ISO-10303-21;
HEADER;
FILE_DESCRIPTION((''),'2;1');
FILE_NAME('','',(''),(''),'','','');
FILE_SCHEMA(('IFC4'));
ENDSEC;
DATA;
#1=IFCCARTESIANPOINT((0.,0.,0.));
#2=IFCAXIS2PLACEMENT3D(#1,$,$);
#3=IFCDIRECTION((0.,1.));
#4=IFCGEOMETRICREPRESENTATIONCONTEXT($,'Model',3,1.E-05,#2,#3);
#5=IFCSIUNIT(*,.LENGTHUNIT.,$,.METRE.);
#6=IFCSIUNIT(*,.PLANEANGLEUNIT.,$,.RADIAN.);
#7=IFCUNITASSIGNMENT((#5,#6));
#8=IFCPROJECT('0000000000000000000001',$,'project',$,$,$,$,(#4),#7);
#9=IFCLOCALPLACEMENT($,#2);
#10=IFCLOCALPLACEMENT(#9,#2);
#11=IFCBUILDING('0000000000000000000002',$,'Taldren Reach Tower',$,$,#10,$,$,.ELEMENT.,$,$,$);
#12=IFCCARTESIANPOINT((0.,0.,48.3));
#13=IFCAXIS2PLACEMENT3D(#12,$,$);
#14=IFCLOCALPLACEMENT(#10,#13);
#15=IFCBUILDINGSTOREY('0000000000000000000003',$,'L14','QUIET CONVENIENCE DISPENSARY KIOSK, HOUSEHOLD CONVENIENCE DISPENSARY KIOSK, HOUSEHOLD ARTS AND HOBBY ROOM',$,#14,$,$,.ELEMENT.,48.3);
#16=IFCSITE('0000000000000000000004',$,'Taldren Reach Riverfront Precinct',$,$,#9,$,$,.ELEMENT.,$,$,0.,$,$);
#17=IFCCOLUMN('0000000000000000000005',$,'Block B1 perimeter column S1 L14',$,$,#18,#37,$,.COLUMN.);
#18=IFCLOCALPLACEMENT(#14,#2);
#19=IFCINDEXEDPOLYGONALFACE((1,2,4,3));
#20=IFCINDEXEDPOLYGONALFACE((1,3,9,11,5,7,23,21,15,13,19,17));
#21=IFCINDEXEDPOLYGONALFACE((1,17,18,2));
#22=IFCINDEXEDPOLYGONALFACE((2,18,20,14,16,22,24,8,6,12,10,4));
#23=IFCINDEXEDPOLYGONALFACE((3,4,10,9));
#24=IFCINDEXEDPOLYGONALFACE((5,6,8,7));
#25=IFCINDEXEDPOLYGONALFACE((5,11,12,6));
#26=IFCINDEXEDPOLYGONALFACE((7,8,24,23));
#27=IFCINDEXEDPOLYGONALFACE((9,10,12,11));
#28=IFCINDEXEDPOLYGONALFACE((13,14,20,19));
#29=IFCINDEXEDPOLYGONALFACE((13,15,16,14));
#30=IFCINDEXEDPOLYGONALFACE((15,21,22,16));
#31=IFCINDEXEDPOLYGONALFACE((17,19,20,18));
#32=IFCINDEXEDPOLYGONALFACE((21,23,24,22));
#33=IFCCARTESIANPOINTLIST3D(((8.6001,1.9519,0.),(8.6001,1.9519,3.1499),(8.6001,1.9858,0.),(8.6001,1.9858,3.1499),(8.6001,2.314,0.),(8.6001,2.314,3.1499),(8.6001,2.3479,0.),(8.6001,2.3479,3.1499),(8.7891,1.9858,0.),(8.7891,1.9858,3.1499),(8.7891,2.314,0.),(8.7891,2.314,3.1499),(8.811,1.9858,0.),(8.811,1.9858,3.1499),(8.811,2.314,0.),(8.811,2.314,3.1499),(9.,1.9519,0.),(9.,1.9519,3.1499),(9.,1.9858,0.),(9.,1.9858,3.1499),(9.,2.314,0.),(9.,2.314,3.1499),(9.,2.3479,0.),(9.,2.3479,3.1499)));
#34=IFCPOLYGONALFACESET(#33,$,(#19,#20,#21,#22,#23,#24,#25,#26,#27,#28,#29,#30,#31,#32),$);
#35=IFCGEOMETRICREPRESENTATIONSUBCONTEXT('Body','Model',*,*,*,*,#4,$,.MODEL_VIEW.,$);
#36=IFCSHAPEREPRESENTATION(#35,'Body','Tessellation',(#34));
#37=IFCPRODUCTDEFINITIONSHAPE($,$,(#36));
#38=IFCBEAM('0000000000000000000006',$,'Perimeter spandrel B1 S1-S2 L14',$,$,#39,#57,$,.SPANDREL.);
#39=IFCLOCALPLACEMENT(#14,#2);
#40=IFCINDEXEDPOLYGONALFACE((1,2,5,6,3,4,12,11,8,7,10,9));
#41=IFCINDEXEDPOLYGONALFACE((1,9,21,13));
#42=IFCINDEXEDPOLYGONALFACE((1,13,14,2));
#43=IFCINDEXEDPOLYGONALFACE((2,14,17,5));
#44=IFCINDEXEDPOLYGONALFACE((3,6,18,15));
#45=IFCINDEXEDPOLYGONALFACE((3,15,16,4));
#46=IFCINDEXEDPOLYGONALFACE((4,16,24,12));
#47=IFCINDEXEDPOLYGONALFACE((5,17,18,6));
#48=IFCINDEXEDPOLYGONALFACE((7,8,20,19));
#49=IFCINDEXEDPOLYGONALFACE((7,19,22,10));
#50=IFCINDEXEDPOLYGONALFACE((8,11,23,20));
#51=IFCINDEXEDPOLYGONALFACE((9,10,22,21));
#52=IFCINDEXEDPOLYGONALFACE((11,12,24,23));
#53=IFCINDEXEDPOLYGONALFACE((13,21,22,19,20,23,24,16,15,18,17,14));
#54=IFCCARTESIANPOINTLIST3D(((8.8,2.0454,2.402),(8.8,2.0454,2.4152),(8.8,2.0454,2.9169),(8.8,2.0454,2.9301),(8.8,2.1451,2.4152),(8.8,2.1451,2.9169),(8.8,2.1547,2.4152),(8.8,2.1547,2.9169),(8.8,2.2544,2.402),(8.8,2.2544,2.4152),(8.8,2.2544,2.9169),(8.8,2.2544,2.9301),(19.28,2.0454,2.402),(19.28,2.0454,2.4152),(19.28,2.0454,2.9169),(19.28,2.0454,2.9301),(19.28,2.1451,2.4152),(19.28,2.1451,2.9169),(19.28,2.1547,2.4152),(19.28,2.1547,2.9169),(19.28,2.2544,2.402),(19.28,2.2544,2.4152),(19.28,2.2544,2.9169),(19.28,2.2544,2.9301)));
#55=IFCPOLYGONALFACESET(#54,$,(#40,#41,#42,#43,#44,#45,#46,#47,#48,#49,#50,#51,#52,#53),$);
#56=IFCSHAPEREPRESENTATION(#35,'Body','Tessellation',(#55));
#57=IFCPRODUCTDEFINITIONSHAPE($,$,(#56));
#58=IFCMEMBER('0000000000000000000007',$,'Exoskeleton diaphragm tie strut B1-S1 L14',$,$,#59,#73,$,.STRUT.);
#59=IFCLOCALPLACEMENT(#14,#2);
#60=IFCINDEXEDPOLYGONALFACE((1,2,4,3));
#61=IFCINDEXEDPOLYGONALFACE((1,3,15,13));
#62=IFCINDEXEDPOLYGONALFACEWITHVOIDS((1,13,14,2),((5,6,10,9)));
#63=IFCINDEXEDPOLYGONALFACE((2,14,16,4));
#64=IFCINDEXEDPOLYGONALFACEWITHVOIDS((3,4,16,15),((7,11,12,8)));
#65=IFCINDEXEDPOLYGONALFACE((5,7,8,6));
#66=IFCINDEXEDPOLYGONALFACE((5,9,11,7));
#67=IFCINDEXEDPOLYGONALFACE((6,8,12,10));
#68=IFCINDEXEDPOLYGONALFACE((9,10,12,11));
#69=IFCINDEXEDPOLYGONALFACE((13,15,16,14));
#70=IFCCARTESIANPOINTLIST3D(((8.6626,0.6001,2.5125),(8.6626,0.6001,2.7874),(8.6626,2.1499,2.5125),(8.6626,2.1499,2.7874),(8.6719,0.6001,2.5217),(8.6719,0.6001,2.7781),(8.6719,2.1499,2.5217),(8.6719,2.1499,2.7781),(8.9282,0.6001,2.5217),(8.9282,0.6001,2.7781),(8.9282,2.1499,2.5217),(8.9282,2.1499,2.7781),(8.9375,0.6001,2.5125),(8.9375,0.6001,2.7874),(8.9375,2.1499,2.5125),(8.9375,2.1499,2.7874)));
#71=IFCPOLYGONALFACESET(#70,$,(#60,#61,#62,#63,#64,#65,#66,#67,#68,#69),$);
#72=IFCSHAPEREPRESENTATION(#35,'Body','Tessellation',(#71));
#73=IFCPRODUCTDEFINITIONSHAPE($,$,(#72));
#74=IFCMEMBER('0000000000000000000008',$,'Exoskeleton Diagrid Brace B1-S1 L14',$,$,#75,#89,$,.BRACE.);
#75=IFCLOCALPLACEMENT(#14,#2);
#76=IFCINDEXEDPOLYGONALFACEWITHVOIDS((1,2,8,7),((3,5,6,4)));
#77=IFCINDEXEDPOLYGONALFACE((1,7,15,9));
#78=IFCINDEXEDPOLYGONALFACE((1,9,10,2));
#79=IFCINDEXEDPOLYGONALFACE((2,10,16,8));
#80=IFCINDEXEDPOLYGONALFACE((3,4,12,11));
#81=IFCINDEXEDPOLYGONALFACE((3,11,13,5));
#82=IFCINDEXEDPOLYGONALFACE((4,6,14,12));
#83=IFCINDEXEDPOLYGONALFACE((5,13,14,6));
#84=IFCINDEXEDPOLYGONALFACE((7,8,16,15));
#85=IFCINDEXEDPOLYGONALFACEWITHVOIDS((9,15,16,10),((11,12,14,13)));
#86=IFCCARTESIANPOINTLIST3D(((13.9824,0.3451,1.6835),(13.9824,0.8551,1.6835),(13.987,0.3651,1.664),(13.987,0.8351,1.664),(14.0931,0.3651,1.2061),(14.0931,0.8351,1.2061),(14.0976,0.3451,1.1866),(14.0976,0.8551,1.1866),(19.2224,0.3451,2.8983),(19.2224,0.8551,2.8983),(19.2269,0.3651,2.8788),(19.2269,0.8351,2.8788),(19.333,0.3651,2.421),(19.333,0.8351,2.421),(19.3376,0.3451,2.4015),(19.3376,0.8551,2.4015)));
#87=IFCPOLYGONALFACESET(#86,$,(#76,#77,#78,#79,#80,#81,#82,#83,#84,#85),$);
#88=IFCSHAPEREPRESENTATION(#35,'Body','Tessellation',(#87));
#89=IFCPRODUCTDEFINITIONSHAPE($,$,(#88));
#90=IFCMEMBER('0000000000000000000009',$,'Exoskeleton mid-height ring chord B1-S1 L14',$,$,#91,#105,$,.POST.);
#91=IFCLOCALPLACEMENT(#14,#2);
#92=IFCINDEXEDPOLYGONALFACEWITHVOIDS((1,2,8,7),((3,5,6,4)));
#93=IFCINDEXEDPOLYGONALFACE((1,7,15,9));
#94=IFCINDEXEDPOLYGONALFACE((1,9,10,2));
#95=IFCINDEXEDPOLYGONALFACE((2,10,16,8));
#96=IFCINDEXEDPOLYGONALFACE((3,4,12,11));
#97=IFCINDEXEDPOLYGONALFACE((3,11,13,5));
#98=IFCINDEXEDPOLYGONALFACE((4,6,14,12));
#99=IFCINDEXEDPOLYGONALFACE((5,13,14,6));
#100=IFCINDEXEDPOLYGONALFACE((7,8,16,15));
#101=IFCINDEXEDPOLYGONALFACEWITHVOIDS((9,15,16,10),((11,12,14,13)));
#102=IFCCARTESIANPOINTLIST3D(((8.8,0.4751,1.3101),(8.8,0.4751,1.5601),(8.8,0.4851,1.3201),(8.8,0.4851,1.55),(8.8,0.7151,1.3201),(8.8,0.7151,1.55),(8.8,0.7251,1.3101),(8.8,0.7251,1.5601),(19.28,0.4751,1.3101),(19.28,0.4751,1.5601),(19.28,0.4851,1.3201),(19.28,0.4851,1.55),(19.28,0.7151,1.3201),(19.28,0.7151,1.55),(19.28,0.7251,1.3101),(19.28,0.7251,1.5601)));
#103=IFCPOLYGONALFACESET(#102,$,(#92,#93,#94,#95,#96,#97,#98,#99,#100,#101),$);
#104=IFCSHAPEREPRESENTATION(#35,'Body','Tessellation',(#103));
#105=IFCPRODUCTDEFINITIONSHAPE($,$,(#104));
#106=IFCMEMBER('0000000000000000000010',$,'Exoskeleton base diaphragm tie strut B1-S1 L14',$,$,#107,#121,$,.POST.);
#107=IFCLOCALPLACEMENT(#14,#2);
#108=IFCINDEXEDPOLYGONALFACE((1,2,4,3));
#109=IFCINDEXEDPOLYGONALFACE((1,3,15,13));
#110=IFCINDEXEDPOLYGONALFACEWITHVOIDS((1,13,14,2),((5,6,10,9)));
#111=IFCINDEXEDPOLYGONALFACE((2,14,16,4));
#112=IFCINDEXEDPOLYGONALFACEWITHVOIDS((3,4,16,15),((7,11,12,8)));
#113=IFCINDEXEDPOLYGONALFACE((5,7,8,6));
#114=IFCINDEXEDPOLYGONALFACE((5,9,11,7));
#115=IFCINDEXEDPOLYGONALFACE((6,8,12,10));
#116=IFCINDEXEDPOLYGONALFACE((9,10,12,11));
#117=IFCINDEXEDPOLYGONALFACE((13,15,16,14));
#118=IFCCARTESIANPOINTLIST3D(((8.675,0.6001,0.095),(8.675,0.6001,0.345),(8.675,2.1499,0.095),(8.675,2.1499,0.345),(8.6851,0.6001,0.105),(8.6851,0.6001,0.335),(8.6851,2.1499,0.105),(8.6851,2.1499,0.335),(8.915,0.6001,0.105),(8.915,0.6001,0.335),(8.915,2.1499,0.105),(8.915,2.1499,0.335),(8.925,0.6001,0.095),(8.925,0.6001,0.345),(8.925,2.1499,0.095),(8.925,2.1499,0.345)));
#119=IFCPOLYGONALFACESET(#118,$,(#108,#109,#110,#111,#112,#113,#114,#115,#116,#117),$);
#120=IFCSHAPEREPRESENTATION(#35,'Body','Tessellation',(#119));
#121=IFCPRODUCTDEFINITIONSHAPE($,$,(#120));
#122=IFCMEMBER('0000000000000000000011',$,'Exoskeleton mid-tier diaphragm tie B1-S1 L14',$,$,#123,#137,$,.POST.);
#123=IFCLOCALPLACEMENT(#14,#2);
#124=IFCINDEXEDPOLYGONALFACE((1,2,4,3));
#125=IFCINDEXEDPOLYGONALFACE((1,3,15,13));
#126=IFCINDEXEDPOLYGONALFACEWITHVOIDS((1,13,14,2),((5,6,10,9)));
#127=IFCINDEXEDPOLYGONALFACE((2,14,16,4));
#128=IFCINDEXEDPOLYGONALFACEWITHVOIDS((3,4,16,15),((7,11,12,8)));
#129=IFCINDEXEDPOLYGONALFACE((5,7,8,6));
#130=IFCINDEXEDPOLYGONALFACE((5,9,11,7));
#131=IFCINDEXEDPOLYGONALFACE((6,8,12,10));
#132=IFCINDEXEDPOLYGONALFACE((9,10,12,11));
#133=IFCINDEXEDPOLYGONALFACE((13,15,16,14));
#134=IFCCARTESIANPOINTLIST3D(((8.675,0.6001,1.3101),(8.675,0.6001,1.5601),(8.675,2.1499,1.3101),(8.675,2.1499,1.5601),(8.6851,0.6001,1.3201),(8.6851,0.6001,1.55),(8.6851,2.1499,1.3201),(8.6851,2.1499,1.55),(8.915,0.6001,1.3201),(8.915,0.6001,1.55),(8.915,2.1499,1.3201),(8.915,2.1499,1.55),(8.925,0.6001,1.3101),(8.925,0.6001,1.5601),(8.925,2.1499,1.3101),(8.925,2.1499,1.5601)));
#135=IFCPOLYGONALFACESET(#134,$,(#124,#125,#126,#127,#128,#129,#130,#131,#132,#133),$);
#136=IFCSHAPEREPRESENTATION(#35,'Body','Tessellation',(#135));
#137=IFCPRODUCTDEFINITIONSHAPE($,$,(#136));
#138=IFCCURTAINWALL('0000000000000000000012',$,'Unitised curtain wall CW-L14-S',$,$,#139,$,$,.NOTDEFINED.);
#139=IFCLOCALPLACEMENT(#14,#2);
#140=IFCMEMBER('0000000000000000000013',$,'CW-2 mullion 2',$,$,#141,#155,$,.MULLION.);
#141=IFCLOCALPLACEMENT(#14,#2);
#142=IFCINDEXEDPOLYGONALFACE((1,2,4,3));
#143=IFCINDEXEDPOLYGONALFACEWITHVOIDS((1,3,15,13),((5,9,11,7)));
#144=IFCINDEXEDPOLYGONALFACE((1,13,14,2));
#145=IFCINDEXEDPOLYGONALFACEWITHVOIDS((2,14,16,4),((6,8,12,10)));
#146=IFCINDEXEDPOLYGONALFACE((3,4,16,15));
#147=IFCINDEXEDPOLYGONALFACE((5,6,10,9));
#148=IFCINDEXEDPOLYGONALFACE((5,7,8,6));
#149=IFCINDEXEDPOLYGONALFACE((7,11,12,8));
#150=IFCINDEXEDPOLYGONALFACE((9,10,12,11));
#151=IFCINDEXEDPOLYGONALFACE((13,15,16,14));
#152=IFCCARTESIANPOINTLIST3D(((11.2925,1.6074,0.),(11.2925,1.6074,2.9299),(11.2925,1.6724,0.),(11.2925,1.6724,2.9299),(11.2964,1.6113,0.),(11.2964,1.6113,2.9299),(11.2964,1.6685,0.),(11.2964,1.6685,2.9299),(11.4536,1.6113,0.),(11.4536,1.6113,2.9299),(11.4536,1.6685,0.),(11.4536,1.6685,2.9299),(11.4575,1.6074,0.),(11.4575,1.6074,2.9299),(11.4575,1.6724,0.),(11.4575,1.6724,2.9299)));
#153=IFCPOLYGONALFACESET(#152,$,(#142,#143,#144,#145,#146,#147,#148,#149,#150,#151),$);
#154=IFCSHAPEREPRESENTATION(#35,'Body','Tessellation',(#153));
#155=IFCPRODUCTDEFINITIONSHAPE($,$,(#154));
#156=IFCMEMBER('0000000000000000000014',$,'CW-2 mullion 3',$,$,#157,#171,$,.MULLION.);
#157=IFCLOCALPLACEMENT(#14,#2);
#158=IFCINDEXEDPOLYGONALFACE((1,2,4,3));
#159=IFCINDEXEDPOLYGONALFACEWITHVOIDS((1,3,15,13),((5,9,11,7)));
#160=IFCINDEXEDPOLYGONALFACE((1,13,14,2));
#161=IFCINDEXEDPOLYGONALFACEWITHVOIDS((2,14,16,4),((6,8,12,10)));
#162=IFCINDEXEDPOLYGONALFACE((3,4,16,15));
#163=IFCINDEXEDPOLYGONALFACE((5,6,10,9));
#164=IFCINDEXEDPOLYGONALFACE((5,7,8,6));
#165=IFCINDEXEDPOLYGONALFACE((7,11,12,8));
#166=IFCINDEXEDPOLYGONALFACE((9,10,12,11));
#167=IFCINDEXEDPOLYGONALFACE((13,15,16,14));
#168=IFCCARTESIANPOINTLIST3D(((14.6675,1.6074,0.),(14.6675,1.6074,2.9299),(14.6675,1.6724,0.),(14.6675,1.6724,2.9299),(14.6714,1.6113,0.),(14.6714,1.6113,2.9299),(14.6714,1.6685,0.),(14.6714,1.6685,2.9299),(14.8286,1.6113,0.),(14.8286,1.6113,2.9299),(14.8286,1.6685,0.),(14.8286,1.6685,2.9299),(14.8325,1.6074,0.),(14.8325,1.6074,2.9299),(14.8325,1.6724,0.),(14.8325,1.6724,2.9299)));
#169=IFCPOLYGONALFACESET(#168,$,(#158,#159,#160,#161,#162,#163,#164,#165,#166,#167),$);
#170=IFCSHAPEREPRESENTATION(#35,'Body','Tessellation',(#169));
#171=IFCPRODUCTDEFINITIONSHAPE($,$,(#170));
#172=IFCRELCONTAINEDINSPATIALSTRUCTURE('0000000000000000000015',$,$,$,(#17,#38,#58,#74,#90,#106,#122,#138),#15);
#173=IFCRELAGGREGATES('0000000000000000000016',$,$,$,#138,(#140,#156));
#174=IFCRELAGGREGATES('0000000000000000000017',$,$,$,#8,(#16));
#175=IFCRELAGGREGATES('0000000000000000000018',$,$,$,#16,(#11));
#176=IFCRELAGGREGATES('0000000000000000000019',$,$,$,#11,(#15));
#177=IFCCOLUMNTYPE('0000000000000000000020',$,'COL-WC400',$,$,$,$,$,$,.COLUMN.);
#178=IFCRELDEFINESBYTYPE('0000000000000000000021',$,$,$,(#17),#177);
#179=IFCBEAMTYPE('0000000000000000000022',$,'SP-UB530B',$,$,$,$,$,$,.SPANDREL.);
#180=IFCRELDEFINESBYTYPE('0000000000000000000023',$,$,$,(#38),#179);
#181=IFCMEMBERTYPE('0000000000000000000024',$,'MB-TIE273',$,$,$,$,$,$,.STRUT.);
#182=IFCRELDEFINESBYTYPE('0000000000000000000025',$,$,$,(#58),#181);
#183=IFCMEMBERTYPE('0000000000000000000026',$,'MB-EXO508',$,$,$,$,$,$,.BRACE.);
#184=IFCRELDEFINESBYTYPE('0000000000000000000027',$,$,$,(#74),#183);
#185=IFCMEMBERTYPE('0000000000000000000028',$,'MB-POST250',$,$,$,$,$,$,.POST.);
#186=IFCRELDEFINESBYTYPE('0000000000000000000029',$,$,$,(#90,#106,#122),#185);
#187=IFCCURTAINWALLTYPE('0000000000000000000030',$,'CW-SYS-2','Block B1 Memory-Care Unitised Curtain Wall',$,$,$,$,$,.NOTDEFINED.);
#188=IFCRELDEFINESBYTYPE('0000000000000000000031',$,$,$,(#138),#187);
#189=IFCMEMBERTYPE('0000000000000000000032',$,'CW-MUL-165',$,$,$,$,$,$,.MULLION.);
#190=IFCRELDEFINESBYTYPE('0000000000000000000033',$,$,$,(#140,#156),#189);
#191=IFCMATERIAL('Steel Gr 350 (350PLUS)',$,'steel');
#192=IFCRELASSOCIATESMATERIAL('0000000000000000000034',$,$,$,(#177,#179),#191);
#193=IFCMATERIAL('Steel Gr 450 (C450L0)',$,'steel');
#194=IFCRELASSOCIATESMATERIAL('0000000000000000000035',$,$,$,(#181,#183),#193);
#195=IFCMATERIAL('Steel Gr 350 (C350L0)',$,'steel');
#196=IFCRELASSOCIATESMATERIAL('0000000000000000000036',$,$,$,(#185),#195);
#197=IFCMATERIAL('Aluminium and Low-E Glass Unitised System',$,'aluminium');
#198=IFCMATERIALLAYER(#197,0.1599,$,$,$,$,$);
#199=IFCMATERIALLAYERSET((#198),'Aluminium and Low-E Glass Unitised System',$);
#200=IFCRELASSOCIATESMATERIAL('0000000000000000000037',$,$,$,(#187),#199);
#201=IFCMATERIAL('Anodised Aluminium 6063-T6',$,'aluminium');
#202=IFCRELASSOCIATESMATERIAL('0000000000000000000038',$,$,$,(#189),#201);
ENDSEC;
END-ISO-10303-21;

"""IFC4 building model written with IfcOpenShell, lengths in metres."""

from ifc_helpers import new_model, si_unit, direction, frame, origin, origin_2d, place, context, subcontext, project, spatial, hollow_rectangle, i_section, extrude, source, transform, mapped, material, layer, layer_set, material_profile, profile_set, type_object, element, aggregate, save


model = new_model("IFC4")

# Units and contexts
model_context = context("Model", 3, precision=1e-05, world=origin(), true_north=direction((0.0, 1.0)))
body_context = subcontext(model_context, "Body", "Model", "MODEL_VIEW")
ifc_project = project(units=[si_unit("LENGTHUNIT", "METRE"), si_unit("PLANEANGLEUNIT", "RADIAN")], contexts=[model_context])

# Site, building, storey
site_placement = place(None, origin())
site = spatial("IfcSite", under=ifc_project, at=site_placement, Name="Taldren Reach Riverfront Precinct", CompositionType="ELEMENT", RefElevation=0.0)
building_placement = place(site_placement, origin())
building = spatial("IfcBuilding", under=site, at=building_placement, Name="Taldren Reach Tower", CompositionType="ELEMENT")
storey_placement = place(building_placement, frame((0.0, 0.0, 48.3)))
storey = spatial("IfcBuildingStorey", under=building, at=storey_placement, Name="L14", Description="QUIET CONVENIENCE DISPENSARY KIOSK, HOUSEHOLD CONVENIENCE DISPENSARY KIOSK, HOUSEHOLD ARTS AND HOBBY ROOM", CompositionType="ELEMENT", Elevation=48.3)

# Column
ifc_material_1 = material(Name="Steel Gr 350 (350PLUS)", Category="steel")
ifc_material_profile_1 = material_profile(ifc_material_1, i_section(OverallWidth=0.3999, OverallDepth=0.396, WebThickness=0.022, FlangeThickness=0.0339, at=origin_2d()), Name="400WC270")
ifc_profile_set_1 = profile_set([ifc_material_profile_1], Name="Steel Gr 350 (350PLUS)")
column_type = type_object("IfcColumnType", Name="COL-WC400", PredefinedType="COLUMN", material=ifc_profile_set_1)
shared_shape_1 = source(origin(), body_context, "Body", "SweptSolid", [
    extrude(i_section(OverallWidth=0.3999, OverallDepth=0.396, WebThickness=0.022, FlangeThickness=0.0339, at=origin_2d()), origin(), (0.0, 0.0, 1.0), 3.1499),
])
column_placement = place(storey_placement, frame((8.8, 2.1499, 0.0), z_axis=(0.0, 0.0, 1.0), x_axis=(1.0, 0.0, 0.0)))
element("IfcColumn", 1, at=column_placement, inside=storey, type_object=column_type, Name="Block B1 perimeter column S1 L14", PredefinedType="COLUMN", context=body_context, shape_type="MappedRepresentation", body=[
    mapped(shared_shape_1, transform((0.0, 0.0, 0.0), scale=1.0)),
])

# Beam
ifc_material_profile_2 = material_profile(ifc_material_1, i_section(OverallWidth=0.209, OverallDepth=0.5281, WebThickness=0.0095, FlangeThickness=0.0132, at=origin_2d()), Name="530UB82.0")
ifc_profile_set_2 = profile_set([ifc_material_profile_2], Name="Steel Gr 350 (350PLUS)")
beam_type = type_object("IfcBeamType", Name="SP-UB530B", PredefinedType="SPANDREL", material=ifc_profile_set_2)
shared_shape_2 = source(origin(), body_context, "Body", "SweptSolid", [
    extrude(i_section(OverallWidth=0.209, OverallDepth=0.5281, WebThickness=0.0095, FlangeThickness=0.0132, at=origin_2d()), origin(), (0.0, 0.0, 1.0), 10.48),
])
beam_placement = place(storey_placement, frame((8.8, 2.1499, 2.666), z_axis=(1.0, 0.0, 0.0), x_axis=(0.0, 1.0, 0.0)))
element("IfcBeam", 2, at=beam_placement, inside=storey, type_object=beam_type, Name="Perimeter spandrel B1 S1-S2 L14", PredefinedType="SPANDREL", context=body_context, shape_type="MappedRepresentation", body=[
    mapped(shared_shape_2, transform((0.0, 0.0, 0.0), scale=1.0)),
])

# Members
ifc_material_2 = material(Name="Steel Gr 450 (C450L0)", Category="steel")
ifc_material_profile_3 = material_profile(ifc_material_2, hollow_rectangle(XDim=0.2749, YDim=0.2749, WallThickness=0.0093, at=origin_2d()), Name="275x275x9.3SHS")
ifc_profile_set_3 = profile_set([ifc_material_profile_3], Name="Steel Gr 450 (C450L0)")
member_type_1 = type_object("IfcMemberType", Name="MB-TIE273", PredefinedType="STRUT", material=ifc_profile_set_3)
shared_shape_3 = source(origin(), body_context, "Body", "SweptSolid", [
    extrude(hollow_rectangle(XDim=0.2749, YDim=0.2749, WallThickness=0.0093, at=origin_2d()), origin(), (0.0, 0.0, 1.0), 1.5498),
])
member_1_placement = place(storey_placement, frame((8.8, 2.1499, 2.6499), z_axis=(0.0, -1.0, 0.0), x_axis=(1.0, 0.0, 0.0)))
element("IfcMember", 3, at=member_1_placement, inside=storey, type_object=member_type_1, Name="Exoskeleton diaphragm tie strut B1-S1 L14", PredefinedType="STRUT", context=body_context, shape_type="MappedRepresentation", body=[
    mapped(shared_shape_3, transform((0.0, 0.0, 0.0), scale=1.0)),
])
ifc_material_profile_4 = material_profile(ifc_material_2, hollow_rectangle(XDim=0.51, YDim=0.51, WallThickness=0.02, at=origin_2d()), Name="510x510x20.0SHS")
ifc_profile_set_4 = profile_set([ifc_material_profile_4], Name="Steel Gr 450 (C450L0)")
member_type_2 = type_object("IfcMemberType", Name="MB-EXO508", PredefinedType="BRACE", material=ifc_profile_set_4)
shared_shape_4 = source(origin(), body_context, "Body", "SweptSolid", [
    extrude(hollow_rectangle(XDim=0.51, YDim=0.51, WallThickness=0.02, at=origin_2d()), origin(), (0.0, 0.0, 1.0), 5.3789),
])
member_2_placement = place(storey_placement, frame((14.04, 0.6001, 1.4351), z_axis=(0.974162, 0.0, 0.225851), x_axis=(0.0, 1.0, 0.0)))
element("IfcMember", 4, at=member_2_placement, inside=storey, type_object=member_type_2, Name="Exoskeleton Diagrid Brace B1-S1 L14", PredefinedType="BRACE", context=body_context, shape_type="MappedRepresentation", body=[
    mapped(shared_shape_4, transform((0.0, 0.0, 0.0), scale=1.0)),
])
ifc_material_3 = material(Name="Steel Gr 350 (C350L0)", Category="steel")
ifc_material_profile_5 = material_profile(ifc_material_3, hollow_rectangle(XDim=0.25, YDim=0.25, WallThickness=0.01, at=origin_2d()), Name="250x250x10.0SHS")
ifc_profile_set_5 = profile_set([ifc_material_profile_5], Name="Steel Gr 350 (C350L0)")
member_type_3 = type_object("IfcMemberType", Name="MB-POST250", PredefinedType="POST", material=ifc_profile_set_5)
shared_shape_5 = source(origin(), body_context, "Body", "SweptSolid", [
    extrude(hollow_rectangle(XDim=0.25, YDim=0.25, WallThickness=0.01, at=origin_2d()), origin(), (0.0, 0.0, 1.0), 10.48),
])
member_3_placement = place(storey_placement, frame((8.8, 0.6001, 1.4351), z_axis=(1.0, 0.0, 0.0), x_axis=(0.0, 1.0, 0.0)))
element("IfcMember", 5, at=member_3_placement, inside=storey, type_object=member_type_3, Name="Exoskeleton mid-height ring chord B1-S1 L14", PredefinedType="POST", context=body_context, shape_type="MappedRepresentation", body=[
    mapped(shared_shape_5, transform((0.0, 0.0, 0.0), scale=1.0)),
])
shared_shape_6 = source(origin(), body_context, "Body", "SweptSolid", [
    extrude(hollow_rectangle(XDim=0.25, YDim=0.25, WallThickness=0.01, at=origin_2d()), origin(), (0.0, 0.0, 1.0), 1.5498),
])
for number, where, z_axis, x_axis, name in (
    (6, (8.8, 2.1499, 0.22), (0.0, -1.0, 0.0), (1.0, 0.0, 0.0), "Exoskeleton base diaphragm tie strut B1-S1 L14"),
    (7, (8.8, 2.1499, 1.4351), (0.0, -1.0, 0.0), (1.0, 0.0, 0.0), "Exoskeleton mid-tier diaphragm tie B1-S1 L14"),
):
    element("IfcMember", number, at=place(storey_placement, frame(where, z_axis=z_axis, x_axis=x_axis)), inside=storey, type_object=member_type_3, Name=name, PredefinedType="POST", context=body_context, shape_type="MappedRepresentation", body=[
        mapped(shared_shape_6, transform((0.0, 0.0, 0.0), scale=1.0)),
    ])

# Curtain wall, members
ifc_material_4 = material(Name="Aluminium and Low-E Glass Unitised System", Category="aluminium")
ifc_layer_1 = layer(ifc_material_4, 0.1599)
ifc_layer_set_1 = layer_set([ifc_layer_1], Name="Aluminium and Low-E Glass Unitised System")
curtain_wall_type = type_object("IfcCurtainWallType", Name="CW-SYS-2", Description="Block B1 Memory-Care Unitised Curtain Wall", PredefinedType="NOTDEFINED", material=ifc_layer_set_1)
curtain_wall_placement = place(storey_placement, origin())
curtain_wall = element("IfcCurtainWall", 8, at=curtain_wall_placement, inside=storey, type_object=curtain_wall_type, Name="Unitised curtain wall CW-L14-S", PredefinedType="NOTDEFINED")
ifc_material_5 = material(Name="Anodised Aluminium 6063-T6", Category="aluminium")
ifc_material_profile_6 = material_profile(ifc_material_5, hollow_rectangle(XDim=0.0649, YDim=0.165, WallThickness=0.0039, at=origin_2d()), Name="ALU-165x65x4RHS")
ifc_profile_set_6 = profile_set([ifc_material_profile_6], Name="Anodised Aluminium 6063-T6")
member_type_4 = type_object("IfcMemberType", Name="CW-MUL-165", PredefinedType="MULLION", material=ifc_profile_set_6)
shared_shape_7 = source(origin(), body_context, "Body", "SweptSolid", [
    extrude(hollow_rectangle(XDim=0.0649, YDim=0.165, WallThickness=0.0039, at=origin_2d()), origin(), (0.0, 0.0, 1.0), 2.9299),
])
member_4_placement = place(storey_placement, frame((11.375, 1.6399, 0.0), z_axis=(0.0, 0.0, 1.0), x_axis=(0.0, 1.0, 0.0)))
member_4 = element("IfcMember", 9, at=member_4_placement, type_object=member_type_4, Name="CW-2 mullion 2", PredefinedType="MULLION", context=body_context, shape_type="MappedRepresentation", body=[
    mapped(shared_shape_7, transform((0.0, 0.0, 0.0), scale=1.0)),
])
member_5_placement = place(storey_placement, frame((14.75, 1.6399, 0.0), z_axis=(0.0, 0.0, 1.0), x_axis=(0.0, 1.0, 0.0)))
member_5 = element("IfcMember", 10, at=member_5_placement, type_object=member_type_4, Name="CW-2 mullion 3", PredefinedType="MULLION", context=body_context, shape_type="MappedRepresentation", body=[
    mapped(shared_shape_7, transform((0.0, 0.0, 0.0), scale=1.0)),
])
aggregate(curtain_wall, [member_4, member_5])

save(model, "model.ifc")
